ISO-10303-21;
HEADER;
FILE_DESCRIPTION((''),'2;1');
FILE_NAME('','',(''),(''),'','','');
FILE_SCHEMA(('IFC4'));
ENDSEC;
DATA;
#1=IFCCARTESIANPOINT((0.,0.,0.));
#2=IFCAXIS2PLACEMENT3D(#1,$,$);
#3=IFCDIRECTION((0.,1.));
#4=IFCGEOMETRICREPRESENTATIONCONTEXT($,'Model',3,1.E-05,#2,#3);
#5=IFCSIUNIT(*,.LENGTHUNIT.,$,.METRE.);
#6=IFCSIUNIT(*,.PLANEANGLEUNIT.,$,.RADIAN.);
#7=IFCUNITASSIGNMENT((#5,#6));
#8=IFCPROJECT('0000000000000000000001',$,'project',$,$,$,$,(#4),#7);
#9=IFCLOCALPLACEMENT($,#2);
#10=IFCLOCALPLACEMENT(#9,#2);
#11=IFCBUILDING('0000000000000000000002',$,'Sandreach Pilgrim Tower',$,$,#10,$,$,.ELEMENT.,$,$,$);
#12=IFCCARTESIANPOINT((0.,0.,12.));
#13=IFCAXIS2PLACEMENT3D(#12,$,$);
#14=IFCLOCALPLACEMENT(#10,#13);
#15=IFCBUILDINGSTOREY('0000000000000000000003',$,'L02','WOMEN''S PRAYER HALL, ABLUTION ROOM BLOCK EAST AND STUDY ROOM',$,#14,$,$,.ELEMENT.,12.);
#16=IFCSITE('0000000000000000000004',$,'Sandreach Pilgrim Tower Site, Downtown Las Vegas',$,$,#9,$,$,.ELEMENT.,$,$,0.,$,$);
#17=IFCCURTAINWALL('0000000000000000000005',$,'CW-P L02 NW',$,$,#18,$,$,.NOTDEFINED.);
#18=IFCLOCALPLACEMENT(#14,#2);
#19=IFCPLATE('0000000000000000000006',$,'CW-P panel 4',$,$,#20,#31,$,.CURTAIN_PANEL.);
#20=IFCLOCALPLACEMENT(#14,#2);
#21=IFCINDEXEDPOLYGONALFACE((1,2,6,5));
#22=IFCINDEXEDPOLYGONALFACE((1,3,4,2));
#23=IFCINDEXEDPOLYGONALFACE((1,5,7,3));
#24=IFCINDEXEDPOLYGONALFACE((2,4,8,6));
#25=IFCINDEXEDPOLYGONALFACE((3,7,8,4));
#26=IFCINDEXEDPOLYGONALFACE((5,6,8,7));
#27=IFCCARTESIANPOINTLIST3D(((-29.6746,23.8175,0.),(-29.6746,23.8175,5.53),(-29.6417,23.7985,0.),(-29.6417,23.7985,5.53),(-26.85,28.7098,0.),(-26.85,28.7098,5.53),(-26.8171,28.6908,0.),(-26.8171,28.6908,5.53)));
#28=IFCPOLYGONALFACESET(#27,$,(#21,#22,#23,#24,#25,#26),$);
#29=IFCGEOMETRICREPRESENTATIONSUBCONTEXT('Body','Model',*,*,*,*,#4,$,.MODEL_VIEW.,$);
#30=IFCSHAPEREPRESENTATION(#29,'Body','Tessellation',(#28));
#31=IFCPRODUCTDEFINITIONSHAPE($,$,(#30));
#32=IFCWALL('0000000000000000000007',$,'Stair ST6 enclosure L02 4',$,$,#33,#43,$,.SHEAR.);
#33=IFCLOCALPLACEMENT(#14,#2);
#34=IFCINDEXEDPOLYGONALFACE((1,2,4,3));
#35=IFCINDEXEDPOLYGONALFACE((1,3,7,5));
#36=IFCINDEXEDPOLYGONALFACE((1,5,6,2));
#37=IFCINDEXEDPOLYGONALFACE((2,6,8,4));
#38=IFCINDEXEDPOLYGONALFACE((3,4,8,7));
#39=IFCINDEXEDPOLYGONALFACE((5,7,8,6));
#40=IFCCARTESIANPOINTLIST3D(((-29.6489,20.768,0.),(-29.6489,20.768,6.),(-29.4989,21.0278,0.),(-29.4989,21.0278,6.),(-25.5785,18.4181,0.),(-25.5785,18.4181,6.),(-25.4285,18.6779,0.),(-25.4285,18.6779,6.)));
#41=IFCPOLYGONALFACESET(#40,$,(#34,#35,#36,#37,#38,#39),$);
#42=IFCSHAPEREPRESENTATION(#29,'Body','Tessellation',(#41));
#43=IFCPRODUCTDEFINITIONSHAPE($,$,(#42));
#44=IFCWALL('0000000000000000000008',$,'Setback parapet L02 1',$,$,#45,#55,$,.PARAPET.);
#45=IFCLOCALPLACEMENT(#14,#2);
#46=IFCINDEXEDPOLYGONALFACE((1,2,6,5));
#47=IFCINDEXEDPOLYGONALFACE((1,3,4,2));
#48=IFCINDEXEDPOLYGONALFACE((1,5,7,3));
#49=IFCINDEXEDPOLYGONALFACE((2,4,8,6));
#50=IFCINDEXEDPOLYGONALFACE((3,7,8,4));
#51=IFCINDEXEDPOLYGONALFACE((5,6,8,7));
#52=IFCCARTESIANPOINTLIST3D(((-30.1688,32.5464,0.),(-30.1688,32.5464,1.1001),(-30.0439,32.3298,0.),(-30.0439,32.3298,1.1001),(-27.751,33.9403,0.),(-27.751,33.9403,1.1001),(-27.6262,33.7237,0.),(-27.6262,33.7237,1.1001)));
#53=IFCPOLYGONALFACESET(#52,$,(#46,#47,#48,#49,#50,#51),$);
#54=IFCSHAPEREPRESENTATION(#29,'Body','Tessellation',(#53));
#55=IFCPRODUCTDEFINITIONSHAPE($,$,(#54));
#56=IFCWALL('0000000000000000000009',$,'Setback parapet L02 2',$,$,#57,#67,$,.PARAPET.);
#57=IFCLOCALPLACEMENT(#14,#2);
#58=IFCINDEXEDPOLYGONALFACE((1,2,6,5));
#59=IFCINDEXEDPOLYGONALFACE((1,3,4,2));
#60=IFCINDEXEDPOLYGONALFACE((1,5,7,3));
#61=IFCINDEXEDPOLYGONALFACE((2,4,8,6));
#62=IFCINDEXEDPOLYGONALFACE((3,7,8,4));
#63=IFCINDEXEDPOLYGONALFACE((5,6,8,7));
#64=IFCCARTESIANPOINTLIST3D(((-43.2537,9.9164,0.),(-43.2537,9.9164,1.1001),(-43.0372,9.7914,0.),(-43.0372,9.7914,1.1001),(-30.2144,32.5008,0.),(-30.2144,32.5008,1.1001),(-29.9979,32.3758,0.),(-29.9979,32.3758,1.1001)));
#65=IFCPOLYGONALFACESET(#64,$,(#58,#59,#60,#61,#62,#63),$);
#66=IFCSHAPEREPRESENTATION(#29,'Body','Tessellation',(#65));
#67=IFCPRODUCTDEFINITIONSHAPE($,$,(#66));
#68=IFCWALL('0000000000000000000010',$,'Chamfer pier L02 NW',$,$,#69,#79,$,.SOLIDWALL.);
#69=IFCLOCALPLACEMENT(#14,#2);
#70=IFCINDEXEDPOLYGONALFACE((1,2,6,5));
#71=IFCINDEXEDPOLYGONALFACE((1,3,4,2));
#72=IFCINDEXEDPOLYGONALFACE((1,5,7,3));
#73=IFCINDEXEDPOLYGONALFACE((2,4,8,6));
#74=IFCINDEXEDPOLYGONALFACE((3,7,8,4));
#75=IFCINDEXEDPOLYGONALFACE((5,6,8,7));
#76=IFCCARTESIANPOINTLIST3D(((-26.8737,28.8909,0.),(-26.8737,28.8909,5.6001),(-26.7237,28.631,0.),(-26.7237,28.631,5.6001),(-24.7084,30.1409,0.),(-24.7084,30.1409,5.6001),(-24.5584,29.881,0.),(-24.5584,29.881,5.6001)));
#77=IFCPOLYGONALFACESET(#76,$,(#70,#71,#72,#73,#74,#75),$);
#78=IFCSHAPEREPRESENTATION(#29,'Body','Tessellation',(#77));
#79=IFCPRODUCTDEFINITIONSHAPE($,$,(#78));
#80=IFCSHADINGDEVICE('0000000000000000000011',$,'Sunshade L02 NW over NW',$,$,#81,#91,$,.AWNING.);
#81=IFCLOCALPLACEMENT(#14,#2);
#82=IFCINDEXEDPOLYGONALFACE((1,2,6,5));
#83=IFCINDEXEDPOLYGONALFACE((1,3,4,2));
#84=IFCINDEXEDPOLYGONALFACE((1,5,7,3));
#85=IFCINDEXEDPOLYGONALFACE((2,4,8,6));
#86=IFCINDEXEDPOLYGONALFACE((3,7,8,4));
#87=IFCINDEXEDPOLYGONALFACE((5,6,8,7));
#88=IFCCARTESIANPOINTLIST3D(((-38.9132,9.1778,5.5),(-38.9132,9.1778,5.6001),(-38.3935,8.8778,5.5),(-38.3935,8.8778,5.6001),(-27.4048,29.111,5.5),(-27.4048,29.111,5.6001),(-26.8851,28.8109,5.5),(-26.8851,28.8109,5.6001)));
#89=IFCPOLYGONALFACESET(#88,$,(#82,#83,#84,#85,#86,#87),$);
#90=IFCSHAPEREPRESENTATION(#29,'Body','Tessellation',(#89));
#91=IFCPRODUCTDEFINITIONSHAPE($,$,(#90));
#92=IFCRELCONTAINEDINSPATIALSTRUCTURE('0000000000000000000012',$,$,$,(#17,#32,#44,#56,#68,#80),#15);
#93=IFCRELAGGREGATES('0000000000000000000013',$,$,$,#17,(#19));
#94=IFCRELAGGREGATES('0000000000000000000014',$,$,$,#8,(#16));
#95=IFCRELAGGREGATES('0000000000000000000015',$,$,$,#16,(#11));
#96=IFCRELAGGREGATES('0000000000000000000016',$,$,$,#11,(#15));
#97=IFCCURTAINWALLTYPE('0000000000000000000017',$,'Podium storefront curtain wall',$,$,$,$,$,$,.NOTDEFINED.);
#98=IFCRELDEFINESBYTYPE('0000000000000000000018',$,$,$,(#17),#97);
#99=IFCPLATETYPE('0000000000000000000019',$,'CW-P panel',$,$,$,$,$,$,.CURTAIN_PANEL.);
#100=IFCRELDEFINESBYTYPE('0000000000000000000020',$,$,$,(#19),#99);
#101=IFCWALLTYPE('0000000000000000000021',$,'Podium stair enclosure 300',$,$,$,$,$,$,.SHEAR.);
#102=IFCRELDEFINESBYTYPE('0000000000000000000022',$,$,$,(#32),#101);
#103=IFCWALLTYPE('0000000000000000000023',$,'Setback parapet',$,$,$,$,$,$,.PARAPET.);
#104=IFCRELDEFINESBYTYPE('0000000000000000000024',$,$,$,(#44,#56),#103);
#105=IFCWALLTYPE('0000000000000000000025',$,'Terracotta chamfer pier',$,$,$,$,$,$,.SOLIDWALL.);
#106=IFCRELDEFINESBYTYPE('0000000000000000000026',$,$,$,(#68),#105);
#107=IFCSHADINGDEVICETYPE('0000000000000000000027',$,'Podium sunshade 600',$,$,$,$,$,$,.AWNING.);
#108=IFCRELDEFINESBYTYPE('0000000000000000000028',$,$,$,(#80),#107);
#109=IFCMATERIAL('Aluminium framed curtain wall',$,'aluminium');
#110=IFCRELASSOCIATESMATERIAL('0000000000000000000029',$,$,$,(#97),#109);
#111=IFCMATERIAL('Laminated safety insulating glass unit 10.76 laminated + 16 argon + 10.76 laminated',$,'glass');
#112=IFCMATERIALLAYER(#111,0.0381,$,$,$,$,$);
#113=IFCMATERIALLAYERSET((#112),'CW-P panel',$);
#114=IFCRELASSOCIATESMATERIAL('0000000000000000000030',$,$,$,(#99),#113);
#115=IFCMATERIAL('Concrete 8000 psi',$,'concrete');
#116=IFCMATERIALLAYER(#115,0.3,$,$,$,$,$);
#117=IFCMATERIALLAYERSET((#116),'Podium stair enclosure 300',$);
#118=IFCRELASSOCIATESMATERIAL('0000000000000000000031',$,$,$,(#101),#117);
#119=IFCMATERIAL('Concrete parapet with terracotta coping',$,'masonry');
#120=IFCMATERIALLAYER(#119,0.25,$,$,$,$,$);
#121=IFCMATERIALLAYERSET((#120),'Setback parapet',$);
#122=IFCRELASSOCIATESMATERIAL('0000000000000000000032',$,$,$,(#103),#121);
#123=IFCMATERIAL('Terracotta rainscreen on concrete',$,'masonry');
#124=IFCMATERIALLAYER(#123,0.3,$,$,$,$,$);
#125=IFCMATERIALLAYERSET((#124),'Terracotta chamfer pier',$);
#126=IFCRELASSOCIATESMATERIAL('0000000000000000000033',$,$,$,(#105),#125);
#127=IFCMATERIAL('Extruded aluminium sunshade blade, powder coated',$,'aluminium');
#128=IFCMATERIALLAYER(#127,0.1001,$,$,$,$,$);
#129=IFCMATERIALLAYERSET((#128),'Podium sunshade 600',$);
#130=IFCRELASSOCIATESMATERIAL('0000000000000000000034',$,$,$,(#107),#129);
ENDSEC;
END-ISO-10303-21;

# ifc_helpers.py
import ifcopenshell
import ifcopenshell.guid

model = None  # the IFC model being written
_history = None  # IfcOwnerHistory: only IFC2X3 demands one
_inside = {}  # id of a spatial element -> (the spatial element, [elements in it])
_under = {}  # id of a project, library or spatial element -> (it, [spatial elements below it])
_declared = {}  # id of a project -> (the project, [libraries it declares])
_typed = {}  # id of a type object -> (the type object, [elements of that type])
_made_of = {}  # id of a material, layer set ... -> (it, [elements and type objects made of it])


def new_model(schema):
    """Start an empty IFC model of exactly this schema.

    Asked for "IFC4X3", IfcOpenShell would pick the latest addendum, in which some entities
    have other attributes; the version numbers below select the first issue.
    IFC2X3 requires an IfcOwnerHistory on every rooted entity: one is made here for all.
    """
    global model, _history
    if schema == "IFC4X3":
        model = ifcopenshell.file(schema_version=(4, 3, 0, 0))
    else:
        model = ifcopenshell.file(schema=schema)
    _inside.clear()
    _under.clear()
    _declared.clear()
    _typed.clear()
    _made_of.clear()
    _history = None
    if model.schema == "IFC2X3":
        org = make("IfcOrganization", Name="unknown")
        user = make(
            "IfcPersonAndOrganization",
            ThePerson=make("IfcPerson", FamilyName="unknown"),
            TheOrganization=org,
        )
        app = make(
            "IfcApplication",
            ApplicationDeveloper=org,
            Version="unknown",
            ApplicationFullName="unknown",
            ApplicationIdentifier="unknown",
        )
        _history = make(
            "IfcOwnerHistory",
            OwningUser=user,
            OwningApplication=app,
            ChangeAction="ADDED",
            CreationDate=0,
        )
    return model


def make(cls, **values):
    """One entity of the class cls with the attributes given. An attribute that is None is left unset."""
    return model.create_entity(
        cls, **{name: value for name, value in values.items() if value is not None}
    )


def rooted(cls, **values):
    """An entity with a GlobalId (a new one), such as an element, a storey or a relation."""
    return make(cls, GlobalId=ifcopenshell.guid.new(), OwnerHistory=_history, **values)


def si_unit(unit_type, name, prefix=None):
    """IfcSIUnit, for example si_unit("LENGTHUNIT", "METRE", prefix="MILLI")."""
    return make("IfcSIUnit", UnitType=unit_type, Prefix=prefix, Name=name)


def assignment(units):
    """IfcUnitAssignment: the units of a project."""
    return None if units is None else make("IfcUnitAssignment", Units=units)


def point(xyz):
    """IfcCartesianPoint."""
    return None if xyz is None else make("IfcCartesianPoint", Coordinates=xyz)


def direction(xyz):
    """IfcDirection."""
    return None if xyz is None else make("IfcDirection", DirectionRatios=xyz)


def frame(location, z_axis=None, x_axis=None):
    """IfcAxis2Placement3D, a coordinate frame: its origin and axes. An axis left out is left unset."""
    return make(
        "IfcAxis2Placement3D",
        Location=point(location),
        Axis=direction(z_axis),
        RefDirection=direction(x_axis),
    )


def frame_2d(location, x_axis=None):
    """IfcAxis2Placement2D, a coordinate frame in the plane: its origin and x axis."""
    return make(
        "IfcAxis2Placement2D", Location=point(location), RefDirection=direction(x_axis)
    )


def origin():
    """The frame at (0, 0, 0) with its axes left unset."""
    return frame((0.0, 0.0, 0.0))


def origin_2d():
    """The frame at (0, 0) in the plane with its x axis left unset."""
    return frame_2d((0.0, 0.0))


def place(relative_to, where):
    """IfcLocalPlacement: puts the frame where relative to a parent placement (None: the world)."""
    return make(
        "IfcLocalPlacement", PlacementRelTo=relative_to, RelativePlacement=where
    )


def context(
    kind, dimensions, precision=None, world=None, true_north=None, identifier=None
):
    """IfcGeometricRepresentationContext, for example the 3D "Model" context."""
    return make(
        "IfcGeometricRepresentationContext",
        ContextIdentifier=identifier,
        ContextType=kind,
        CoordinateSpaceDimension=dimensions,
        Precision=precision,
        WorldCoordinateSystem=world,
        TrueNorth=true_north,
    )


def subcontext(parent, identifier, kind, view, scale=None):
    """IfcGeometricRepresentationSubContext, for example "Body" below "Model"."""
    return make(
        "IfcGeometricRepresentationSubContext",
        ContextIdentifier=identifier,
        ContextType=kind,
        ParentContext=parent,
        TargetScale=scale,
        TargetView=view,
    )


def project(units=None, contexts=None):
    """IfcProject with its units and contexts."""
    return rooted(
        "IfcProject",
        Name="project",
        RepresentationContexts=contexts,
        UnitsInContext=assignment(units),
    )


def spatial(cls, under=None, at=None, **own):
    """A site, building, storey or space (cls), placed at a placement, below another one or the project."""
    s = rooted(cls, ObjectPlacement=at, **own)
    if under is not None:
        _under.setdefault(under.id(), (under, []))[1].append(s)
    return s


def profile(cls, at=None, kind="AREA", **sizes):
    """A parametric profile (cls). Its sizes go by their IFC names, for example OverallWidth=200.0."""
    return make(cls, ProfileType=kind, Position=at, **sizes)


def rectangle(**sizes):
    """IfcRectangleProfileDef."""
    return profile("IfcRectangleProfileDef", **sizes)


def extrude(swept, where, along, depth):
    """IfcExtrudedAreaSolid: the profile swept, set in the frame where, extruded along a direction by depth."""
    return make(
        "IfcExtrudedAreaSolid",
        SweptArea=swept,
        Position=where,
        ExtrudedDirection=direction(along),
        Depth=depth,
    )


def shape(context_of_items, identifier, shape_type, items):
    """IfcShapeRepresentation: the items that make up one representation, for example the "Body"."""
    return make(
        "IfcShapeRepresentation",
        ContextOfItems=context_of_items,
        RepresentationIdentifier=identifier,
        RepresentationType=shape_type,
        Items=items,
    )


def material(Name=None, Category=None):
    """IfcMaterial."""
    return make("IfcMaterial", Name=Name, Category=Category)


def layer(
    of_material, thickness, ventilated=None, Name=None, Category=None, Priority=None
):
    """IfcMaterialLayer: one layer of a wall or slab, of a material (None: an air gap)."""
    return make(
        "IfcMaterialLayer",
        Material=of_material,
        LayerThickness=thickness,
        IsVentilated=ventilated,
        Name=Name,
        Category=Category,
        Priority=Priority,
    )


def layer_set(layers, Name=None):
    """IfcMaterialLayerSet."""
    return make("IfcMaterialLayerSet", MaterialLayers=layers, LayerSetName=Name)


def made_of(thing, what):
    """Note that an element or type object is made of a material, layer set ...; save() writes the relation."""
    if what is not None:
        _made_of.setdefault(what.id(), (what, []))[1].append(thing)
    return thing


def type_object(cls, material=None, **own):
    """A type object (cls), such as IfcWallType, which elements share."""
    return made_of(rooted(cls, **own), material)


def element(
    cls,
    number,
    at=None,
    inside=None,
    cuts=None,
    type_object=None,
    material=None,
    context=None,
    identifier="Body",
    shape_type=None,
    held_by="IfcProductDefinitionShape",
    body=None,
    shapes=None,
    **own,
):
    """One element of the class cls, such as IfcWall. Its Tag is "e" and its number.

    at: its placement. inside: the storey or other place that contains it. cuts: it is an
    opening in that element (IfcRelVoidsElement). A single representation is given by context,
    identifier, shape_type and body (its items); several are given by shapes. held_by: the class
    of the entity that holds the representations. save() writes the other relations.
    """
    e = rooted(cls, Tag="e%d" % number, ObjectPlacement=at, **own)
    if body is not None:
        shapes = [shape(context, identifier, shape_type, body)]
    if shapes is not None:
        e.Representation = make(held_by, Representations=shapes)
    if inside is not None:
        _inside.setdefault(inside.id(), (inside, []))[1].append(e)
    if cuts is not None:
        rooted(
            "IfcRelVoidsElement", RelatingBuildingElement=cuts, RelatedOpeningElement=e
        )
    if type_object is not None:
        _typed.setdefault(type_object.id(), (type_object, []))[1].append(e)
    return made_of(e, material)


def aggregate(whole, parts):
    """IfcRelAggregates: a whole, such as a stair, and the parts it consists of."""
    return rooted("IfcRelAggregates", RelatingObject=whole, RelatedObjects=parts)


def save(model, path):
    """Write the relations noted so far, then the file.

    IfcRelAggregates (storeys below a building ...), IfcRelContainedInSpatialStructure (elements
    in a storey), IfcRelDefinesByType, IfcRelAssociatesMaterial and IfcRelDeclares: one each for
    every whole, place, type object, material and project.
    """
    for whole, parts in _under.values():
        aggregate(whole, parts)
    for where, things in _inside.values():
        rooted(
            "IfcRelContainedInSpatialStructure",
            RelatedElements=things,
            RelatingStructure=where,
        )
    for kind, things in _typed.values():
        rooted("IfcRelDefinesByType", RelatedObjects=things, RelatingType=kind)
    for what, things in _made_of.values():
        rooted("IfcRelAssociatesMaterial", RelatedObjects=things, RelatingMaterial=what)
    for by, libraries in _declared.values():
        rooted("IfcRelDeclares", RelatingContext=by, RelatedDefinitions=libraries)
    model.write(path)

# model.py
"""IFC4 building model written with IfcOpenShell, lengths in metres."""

from ifc_helpers import new_model, si_unit, direction, frame, frame_2d, origin, origin_2d, place, context, subcontext, project, spatial, rectangle, extrude, material, layer, layer_set, type_object, element, aggregate, save


model = new_model("IFC4")

# Units and contexts
model_context = context("Model", 3, precision=1e-05, world=origin(), true_north=direction((0.0, 1.0)))
body_context = subcontext(model_context, "Body", "Model", "MODEL_VIEW")
ifc_project = project(units=[si_unit("LENGTHUNIT", "METRE"), si_unit("PLANEANGLEUNIT", "RADIAN")], contexts=[model_context])

# Site, building, storey
site_placement = place(None, origin())
site = spatial("IfcSite", under=ifc_project, at=site_placement, Name="Sandreach Pilgrim Tower Site, Downtown Las Vegas", CompositionType="ELEMENT", RefElevation=0.0)
building_placement = place(site_placement, origin())
building = spatial("IfcBuilding", under=site, at=building_placement, Name="Sandreach Pilgrim Tower", CompositionType="ELEMENT")
storey_placement = place(building_placement, frame((0.0, 0.0, 12.0)))
storey = spatial("IfcBuildingStorey", under=building, at=storey_placement, Name="L02", Description="WOMEN'S PRAYER HALL, ABLUTION ROOM BLOCK EAST AND STUDY ROOM", CompositionType="ELEMENT", Elevation=12.0)

# Shared definitions
ifc_material_1 = material(Name="Aluminium framed curtain wall", Category="aluminium")
curtain_wall_type = type_object("IfcCurtainWallType", Name="Podium storefront curtain wall", PredefinedType="NOTDEFINED", material=ifc_material_1)

# Curtain wall
curtain_wall_1_placement = place(storey_placement, origin())
curtain_wall_1 = element("IfcCurtainWall", 1, at=curtain_wall_1_placement, inside=storey, type_object=curtain_wall_type, Name="CW-P L02 NW", PredefinedType="NOTDEFINED")

# Plate
ifc_material_2 = material(Name="Laminated safety insulating glass unit 10.76 laminated + 16 argon + 10.76 laminated", Category="glass")
ifc_layer_1 = layer(ifc_material_2, 0.0381)
ifc_layer_set_1 = layer_set([ifc_layer_1], Name="CW-P panel")
plate_type = type_object("IfcPlateType", Name="CW-P panel", PredefinedType="CURTAIN_PANEL", material=ifc_layer_set_1)
plate_1_placement = place(storey_placement, frame((-28.2458, 26.2542, 0.0), z_axis=(0.0, 0.0, 1.0), x_axis=(0.5, 0.866025, 0.0)))
plate_1 = element("IfcPlate", 2, at=plate_1_placement, type_object=plate_type, Name="CW-P panel 4", PredefinedType="CURTAIN_PANEL", context=body_context, shape_type="SweptSolid", body=[
    extrude(rectangle(XDim=5.6492, YDim=0.0381, at=origin_2d()), origin(), (0.0, 0.0, 1.0), 5.53),
])
aggregate(curtain_wall_1, [plate_1])

# Walls
ifc_material_3 = material(Name="Concrete 8000 psi", Category="concrete")
ifc_layer_2 = layer(ifc_material_3, 0.3)
ifc_layer_set_2 = layer_set([ifc_layer_2], Name="Podium stair enclosure 300")
wall_type_1 = type_object("IfcWallType", Name="Podium stair enclosure 300", PredefinedType="SHEAR", material=ifc_layer_set_2)
wall_1_placement = place(storey_placement, frame((-29.574, 20.8979, 0.0), z_axis=(0.0, 0.0, 1.0), x_axis=(0.866039, -0.499977, 0.0)))
element("IfcWall", 3, at=wall_1_placement, inside=storey, type_object=wall_type_1, Name="Stair ST6 enclosure L02 4", PredefinedType="SHEAR", context=body_context, shape_type="SweptSolid", body=[
    extrude(rectangle(XDim=4.7, YDim=0.3, at=frame_2d((2.3501, 0.0))), origin(), (0.0, 0.0, 1.0), 6.0),
])
ifc_material_4 = material(Name="Concrete parapet with terracotta coping", Category="masonry")
ifc_layer_3 = layer(ifc_material_4, 0.25)
ifc_layer_set_3 = layer_set([ifc_layer_3], Name="Setback parapet")
wall_type_2 = type_object("IfcWallType", Name="Setback parapet", PredefinedType="PARAPET", material=ifc_layer_set_3)
wall_2_placement = place(storey_placement, frame((-27.6885, 33.832, 0.0), z_axis=(0.0, 0.0, 1.0), x_axis=(-0.866347, -0.499442, 0.0)))
element("IfcWall", 4, at=wall_2_placement, inside=storey, type_object=wall_type_2, Name="Setback parapet L02 1", PredefinedType="PARAPET", context=body_context, shape_type="SweptSolid", body=[
    extrude(rectangle(XDim=2.7908, YDim=0.25, at=frame_2d((1.3955, 0.0))), origin(), (0.0, 0.0, 1.0), 1.1001),
])
wall_3_placement = place(storey_placement, frame((-30.1062, 32.4382, 0.0), z_axis=(0.0, 0.0, 1.0), x_axis=(-0.500004, -0.866023, 0.0)))
element("IfcWall", 5, at=wall_3_placement, inside=storey, type_object=wall_type_2, Name="Setback parapet L02 2", PredefinedType="PARAPET", context=body_context, shape_type="SweptSolid", body=[
    extrude(rectangle(XDim=26.0784, YDim=0.25, at=frame_2d((13.0391, 0.0))), origin(), (0.0, 0.0, 1.0), 1.1001),
])
ifc_material_5 = material(Name="Terracotta rainscreen on concrete", Category="masonry")
ifc_layer_4 = layer(ifc_material_5, 0.3)
ifc_layer_set_4 = layer_set([ifc_layer_4], Name="Terracotta chamfer pier")
wall_type_3 = type_object("IfcWallType", Name="Terracotta chamfer pier", PredefinedType="SOLIDWALL", material=ifc_layer_set_4)
wall_4_placement = place(storey_placement, frame((-26.7986, 28.761, 0.0), z_axis=(0.0, 0.0, 1.0), x_axis=(0.866047, 0.499962, 0.0)))
element("IfcWall", 6, at=wall_4_placement, inside=storey, type_object=wall_type_3, Name="Chamfer pier L02 NW", PredefinedType="SOLIDWALL", context=body_context, shape_type="SweptSolid", body=[
    extrude(rectangle(XDim=2.5002, YDim=0.3, at=frame_2d((1.25, 0.0))), origin(), (0.0, 0.0, 1.0), 5.6001),
])

# Shading device
ifc_material_6 = material(Name="Extruded aluminium sunshade blade, powder coated", Category="aluminium")
ifc_layer_5 = layer(ifc_material_6, 0.1001)
ifc_layer_set_5 = layer_set([ifc_layer_5], Name="Podium sunshade 600")
shading_device_type = type_object("IfcShadingDeviceType", Name="Podium sunshade 600", PredefinedType="AWNING", material=ifc_layer_set_5)
shading_device_placement = place(storey_placement, frame((-32.8992, 18.9944, 5.5), z_axis=(0.0, 0.0, 1.0), x_axis=(0.5, 0.866025, 0.0)))
element("IfcShadingDevice", 7, at=shading_device_placement, inside=storey, type_object=shading_device_type, Name="Sunshade L02 NW over NW", PredefinedType="AWNING", context=body_context, shape_type="SweptSolid", body=[
    extrude(rectangle(XDim=23.0168, YDim=0.6001, at=origin_2d()), origin(), (0.0, 0.0, 1.0), 0.1001),
])

save(model, "model.ifc")
